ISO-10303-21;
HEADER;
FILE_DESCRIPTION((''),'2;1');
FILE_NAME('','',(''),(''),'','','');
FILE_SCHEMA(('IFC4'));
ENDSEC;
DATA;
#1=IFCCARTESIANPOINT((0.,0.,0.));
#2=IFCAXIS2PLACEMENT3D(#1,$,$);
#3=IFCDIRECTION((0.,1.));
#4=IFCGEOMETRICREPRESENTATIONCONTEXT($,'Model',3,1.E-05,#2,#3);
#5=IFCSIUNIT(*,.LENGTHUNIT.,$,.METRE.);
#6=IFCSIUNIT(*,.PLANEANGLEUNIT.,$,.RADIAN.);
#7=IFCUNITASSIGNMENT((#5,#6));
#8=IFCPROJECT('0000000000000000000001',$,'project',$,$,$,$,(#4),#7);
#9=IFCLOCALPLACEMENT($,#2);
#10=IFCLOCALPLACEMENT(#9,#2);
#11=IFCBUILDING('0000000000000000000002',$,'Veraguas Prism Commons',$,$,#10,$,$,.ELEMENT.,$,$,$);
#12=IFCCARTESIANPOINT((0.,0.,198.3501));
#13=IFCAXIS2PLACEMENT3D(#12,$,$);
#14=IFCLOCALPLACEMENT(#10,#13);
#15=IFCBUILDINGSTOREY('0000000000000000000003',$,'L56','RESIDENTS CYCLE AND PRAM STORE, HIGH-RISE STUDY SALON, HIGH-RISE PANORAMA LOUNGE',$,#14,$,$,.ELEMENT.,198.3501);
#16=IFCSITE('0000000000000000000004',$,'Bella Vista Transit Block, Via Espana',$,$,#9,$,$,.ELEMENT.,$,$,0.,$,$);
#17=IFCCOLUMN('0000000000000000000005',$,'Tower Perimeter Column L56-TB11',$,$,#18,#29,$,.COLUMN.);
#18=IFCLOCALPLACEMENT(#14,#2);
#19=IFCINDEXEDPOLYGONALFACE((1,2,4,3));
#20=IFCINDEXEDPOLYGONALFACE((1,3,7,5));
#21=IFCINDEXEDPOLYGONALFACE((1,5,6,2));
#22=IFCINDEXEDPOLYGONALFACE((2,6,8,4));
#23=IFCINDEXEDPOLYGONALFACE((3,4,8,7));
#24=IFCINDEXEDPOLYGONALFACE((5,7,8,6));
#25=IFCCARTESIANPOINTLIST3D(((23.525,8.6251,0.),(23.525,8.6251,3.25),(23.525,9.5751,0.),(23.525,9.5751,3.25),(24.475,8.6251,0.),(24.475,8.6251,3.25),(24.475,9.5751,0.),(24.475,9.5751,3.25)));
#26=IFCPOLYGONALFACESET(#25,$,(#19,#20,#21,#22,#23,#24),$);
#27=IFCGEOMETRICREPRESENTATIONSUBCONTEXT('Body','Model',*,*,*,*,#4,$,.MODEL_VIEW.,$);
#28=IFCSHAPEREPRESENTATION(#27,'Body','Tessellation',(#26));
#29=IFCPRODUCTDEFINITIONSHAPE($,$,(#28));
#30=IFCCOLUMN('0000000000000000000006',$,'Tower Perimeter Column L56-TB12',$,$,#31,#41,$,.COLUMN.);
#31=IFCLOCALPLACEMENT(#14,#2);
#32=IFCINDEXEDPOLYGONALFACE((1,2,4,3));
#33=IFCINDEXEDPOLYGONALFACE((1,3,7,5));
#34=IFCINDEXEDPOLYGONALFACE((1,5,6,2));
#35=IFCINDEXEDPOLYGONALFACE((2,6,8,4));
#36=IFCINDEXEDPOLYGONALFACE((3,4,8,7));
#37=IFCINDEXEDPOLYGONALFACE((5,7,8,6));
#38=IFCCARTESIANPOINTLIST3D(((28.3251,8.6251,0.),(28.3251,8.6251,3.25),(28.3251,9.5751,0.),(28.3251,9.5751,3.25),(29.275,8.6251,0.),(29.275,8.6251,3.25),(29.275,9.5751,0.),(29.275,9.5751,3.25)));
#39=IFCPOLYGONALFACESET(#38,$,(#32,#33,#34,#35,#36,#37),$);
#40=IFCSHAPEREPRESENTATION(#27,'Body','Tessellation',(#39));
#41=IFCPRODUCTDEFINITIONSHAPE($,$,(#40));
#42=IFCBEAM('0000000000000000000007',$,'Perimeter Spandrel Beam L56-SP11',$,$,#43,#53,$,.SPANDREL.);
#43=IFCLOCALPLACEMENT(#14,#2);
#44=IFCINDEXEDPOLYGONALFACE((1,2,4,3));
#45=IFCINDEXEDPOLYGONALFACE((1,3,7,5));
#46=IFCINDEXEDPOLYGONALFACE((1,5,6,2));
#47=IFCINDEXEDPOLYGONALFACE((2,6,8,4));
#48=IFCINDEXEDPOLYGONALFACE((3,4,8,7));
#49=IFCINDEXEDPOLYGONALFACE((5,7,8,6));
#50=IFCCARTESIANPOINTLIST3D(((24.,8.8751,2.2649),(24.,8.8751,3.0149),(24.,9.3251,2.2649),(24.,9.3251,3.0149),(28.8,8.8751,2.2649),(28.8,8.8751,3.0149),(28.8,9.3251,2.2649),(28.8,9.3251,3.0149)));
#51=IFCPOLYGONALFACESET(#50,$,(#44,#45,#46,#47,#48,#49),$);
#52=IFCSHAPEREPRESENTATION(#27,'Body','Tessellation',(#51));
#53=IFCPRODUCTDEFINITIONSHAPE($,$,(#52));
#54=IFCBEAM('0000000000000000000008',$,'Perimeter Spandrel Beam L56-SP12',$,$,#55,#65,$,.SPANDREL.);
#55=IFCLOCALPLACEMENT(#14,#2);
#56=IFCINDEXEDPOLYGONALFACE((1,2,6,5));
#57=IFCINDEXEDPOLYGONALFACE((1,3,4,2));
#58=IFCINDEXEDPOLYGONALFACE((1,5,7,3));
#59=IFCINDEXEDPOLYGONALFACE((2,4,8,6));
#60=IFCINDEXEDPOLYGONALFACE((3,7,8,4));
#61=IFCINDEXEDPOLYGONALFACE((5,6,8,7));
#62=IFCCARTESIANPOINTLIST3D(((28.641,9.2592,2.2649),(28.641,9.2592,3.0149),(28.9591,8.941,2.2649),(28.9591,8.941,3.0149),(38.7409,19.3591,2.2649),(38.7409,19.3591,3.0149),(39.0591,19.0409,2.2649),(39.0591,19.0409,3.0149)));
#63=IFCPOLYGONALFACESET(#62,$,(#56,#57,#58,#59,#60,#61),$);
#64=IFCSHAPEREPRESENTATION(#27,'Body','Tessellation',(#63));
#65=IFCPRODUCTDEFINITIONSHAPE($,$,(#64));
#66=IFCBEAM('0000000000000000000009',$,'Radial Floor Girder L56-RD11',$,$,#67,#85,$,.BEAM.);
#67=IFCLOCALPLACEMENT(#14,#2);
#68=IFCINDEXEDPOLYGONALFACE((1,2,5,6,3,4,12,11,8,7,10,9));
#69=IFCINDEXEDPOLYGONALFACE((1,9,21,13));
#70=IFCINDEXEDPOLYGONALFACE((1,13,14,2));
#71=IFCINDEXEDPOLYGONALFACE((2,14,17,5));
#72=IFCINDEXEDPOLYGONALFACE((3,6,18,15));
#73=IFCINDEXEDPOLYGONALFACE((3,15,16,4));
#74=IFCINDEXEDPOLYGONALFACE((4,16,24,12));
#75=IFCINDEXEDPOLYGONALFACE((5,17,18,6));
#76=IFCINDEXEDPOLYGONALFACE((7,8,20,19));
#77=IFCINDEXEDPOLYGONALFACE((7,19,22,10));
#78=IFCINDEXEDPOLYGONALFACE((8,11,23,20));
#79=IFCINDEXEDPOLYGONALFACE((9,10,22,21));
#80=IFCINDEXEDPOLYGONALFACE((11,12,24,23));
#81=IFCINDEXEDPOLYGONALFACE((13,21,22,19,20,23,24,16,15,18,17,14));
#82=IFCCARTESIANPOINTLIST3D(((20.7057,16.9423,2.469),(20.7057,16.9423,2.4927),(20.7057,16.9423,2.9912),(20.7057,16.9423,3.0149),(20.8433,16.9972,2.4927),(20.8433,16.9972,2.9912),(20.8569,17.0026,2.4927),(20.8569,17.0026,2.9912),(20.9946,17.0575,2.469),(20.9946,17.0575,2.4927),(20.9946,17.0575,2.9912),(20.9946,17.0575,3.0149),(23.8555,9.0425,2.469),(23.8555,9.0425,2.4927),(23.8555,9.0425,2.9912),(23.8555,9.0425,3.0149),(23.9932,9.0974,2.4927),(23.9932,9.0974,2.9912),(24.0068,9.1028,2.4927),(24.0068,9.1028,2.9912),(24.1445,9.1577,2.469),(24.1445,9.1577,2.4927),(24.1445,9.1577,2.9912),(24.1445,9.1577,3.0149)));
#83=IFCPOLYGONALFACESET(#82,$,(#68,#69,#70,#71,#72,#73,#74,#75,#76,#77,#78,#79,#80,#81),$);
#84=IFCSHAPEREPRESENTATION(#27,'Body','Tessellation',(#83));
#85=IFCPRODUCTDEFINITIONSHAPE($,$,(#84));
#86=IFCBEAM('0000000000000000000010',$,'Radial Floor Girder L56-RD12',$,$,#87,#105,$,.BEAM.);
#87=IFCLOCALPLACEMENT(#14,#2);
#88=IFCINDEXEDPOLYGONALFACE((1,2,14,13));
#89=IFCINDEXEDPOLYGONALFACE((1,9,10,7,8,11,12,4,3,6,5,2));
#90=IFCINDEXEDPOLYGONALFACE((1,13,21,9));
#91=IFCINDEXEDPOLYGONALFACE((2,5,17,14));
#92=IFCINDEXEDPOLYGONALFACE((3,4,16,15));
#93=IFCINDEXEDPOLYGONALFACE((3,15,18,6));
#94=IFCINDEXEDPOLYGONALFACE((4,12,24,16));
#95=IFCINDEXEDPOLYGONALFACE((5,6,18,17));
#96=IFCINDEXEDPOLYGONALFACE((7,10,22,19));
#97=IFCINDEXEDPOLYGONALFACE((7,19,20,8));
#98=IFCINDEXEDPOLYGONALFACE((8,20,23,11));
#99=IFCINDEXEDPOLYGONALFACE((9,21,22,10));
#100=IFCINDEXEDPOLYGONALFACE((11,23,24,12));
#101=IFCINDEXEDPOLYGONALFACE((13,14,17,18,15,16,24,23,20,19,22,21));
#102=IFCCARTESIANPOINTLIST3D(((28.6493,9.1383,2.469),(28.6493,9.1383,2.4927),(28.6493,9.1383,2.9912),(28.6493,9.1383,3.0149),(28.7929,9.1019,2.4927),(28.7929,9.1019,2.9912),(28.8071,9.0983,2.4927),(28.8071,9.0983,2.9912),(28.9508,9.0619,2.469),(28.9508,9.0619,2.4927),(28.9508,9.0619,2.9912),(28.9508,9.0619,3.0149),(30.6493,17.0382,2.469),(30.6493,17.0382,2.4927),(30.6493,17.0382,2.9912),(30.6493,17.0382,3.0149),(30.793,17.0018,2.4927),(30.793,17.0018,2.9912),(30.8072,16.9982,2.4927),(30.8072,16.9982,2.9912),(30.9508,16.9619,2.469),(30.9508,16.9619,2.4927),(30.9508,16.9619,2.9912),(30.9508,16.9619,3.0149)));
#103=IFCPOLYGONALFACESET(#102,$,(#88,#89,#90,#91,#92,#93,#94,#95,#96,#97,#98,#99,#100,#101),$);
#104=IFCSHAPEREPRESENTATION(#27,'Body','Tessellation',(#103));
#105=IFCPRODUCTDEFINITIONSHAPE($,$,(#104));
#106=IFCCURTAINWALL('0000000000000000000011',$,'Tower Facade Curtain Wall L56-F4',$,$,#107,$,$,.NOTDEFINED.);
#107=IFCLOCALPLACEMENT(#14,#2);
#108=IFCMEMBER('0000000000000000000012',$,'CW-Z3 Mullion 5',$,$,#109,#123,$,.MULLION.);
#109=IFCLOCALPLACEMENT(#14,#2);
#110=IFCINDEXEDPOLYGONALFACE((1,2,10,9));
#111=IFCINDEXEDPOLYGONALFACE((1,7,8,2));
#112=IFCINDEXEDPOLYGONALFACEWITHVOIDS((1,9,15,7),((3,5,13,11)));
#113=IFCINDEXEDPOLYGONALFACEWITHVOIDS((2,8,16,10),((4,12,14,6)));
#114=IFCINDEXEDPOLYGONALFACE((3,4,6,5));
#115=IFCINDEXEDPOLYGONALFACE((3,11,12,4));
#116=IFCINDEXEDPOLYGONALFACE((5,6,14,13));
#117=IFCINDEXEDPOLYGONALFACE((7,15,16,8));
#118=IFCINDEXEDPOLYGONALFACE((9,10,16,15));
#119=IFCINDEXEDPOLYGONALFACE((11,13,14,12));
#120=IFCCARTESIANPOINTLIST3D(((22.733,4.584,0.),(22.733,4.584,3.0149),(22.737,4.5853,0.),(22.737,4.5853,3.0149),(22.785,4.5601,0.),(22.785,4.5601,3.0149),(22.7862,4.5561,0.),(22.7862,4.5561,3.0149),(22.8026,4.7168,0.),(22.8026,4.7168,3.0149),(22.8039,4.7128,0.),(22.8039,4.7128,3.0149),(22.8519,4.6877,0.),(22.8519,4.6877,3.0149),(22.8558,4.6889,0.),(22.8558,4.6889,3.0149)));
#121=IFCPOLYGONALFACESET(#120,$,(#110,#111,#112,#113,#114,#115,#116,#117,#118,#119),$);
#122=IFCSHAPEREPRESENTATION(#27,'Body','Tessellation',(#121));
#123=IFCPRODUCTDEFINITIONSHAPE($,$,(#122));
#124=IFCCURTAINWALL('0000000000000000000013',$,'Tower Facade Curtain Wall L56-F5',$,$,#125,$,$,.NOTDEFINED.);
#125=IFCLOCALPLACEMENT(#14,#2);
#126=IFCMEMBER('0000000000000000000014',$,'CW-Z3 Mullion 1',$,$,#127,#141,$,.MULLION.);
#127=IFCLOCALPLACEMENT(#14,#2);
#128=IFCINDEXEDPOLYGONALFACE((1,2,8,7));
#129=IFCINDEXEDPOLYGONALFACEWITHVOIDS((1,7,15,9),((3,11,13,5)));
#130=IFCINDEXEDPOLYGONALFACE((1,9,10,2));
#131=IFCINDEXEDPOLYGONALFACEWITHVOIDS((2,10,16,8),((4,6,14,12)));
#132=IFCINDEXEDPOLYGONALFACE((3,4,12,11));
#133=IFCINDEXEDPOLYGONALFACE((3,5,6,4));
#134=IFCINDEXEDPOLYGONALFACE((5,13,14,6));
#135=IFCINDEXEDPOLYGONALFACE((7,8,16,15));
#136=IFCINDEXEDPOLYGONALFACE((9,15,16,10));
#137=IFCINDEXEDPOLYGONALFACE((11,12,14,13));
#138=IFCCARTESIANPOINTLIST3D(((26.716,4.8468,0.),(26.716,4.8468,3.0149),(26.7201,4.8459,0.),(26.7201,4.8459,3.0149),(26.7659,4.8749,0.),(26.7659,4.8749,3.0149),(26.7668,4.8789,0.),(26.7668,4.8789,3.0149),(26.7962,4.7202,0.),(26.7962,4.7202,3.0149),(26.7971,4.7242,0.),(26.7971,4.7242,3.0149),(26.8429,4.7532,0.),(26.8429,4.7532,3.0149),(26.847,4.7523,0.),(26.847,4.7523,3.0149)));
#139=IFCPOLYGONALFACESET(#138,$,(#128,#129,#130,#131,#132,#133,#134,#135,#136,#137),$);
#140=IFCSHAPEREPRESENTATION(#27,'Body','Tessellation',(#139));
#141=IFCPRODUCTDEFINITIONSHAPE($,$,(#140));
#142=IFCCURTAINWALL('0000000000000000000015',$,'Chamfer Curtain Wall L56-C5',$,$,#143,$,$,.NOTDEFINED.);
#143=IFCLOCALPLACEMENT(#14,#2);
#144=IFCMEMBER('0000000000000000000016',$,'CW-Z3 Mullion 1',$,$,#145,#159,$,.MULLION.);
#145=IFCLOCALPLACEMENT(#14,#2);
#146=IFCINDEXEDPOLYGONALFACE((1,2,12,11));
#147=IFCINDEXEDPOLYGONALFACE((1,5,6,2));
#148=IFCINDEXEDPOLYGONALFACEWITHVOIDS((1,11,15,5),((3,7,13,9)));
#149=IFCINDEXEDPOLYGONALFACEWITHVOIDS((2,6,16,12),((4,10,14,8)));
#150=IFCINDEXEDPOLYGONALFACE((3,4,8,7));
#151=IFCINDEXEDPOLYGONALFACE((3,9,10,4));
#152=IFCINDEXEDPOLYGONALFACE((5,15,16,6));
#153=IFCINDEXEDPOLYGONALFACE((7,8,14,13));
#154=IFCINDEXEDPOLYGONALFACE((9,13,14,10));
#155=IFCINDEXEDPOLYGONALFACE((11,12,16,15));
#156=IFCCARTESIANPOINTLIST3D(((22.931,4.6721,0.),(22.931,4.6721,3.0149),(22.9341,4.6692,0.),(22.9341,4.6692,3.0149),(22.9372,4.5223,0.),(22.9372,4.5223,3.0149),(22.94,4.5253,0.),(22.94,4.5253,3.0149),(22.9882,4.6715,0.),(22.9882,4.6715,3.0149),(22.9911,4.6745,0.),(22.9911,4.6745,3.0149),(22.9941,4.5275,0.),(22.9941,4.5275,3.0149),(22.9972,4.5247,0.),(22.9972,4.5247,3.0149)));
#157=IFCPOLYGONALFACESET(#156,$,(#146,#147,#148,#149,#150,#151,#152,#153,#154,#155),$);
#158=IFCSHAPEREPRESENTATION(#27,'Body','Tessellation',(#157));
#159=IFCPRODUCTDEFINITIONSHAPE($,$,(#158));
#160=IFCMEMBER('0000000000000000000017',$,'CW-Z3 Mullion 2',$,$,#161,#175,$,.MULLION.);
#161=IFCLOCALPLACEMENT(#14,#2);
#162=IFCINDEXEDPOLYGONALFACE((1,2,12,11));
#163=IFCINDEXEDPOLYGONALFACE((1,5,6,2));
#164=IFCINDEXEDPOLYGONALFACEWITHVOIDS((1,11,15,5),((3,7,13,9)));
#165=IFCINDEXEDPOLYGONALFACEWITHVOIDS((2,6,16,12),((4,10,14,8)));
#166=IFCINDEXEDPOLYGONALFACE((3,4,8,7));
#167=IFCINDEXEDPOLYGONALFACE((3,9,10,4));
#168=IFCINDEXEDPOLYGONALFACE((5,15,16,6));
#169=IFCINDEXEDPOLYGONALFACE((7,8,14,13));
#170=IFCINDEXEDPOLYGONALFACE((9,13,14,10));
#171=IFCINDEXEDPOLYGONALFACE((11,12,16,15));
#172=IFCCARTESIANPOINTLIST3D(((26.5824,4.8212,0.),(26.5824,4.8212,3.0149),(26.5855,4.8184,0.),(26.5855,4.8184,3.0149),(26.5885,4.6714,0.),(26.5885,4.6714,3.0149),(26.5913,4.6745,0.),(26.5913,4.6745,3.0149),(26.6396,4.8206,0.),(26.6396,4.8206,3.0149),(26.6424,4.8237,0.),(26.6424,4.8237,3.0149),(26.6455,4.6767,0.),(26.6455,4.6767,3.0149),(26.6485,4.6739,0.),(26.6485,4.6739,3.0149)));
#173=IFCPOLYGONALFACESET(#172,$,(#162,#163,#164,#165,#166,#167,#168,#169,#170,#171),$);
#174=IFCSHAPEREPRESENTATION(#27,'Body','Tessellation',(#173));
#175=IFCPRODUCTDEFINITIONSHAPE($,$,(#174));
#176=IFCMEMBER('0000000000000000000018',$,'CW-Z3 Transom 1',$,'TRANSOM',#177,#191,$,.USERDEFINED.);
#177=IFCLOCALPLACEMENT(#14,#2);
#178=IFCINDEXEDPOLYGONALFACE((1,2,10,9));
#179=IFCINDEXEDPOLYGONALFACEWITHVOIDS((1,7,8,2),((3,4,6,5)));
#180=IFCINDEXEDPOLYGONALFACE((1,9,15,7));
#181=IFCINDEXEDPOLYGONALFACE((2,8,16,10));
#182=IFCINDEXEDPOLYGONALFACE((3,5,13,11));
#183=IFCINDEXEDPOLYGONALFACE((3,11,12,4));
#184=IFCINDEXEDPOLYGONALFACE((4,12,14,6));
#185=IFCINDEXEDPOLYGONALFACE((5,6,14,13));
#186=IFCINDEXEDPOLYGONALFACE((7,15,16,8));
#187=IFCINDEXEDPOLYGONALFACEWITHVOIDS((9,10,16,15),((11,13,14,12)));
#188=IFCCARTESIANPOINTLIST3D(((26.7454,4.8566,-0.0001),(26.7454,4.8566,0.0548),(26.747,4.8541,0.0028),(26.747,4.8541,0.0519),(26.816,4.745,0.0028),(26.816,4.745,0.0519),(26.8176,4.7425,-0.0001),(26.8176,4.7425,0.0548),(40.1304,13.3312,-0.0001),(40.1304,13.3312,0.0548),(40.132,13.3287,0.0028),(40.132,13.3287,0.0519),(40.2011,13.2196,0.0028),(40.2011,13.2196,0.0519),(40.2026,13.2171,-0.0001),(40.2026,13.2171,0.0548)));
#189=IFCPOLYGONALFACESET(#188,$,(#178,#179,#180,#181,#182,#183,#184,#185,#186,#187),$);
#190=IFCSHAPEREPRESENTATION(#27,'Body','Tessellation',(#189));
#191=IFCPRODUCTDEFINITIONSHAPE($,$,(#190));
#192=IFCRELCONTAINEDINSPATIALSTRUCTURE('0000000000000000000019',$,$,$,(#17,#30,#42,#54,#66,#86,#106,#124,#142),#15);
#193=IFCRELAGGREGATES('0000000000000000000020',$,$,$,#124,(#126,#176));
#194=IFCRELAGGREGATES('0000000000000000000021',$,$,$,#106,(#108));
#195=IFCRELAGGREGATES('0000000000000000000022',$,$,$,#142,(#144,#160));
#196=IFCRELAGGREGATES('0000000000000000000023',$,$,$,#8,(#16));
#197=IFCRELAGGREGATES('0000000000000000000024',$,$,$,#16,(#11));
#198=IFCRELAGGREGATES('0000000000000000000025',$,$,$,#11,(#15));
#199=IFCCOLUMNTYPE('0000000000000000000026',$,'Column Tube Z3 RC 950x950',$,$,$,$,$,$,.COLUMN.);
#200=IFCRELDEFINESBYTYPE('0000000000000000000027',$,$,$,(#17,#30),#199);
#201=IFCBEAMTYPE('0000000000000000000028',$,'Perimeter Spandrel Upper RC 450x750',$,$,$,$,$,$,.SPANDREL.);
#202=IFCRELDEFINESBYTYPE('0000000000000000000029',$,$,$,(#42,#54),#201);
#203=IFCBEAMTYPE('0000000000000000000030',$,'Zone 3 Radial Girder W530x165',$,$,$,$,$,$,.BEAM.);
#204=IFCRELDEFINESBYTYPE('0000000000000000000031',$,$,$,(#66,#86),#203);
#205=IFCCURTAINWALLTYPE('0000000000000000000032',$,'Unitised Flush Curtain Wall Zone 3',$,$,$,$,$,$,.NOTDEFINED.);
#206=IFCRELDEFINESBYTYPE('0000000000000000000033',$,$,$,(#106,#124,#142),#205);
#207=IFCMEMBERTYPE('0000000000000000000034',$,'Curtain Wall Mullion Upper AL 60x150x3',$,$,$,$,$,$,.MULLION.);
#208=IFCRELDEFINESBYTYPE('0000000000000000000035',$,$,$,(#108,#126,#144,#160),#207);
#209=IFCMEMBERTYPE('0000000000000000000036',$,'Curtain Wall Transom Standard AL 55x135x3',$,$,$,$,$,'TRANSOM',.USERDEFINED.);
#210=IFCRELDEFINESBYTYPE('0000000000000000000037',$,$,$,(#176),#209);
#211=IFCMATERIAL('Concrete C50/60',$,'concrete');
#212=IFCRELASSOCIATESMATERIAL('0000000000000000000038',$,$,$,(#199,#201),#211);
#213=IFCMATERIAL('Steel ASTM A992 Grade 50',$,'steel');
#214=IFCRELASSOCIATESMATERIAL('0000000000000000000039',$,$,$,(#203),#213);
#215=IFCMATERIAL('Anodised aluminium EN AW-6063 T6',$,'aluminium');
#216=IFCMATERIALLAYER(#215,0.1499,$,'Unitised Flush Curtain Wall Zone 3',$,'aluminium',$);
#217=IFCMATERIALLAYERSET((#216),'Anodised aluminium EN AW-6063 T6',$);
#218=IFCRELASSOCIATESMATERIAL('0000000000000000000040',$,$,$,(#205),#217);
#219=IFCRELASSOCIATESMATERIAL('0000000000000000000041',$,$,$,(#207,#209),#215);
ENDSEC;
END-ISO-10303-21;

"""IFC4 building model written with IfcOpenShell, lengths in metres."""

from ifc_helpers import new_model, si_unit, direction, frame, origin, origin_2d, place, context, subcontext, project, spatial, rectangle, hollow_rectangle, i_section, extrude, source, transform, mapped, material, layer, layer_set, material_profile, profile_set, type_object, element, aggregate, save


model = new_model("IFC4")

# Units and contexts
model_context = context("Model", 3, precision=1e-05, world=origin(), true_north=direction((0.0, 1.0)))
body_context = subcontext(model_context, "Body", "Model", "MODEL_VIEW")
ifc_project = project(units=[si_unit("LENGTHUNIT", "METRE"), si_unit("PLANEANGLEUNIT", "RADIAN")], contexts=[model_context])

# Site, building, storey
site_placement = place(None, origin())
site = spatial("IfcSite", under=ifc_project, at=site_placement, Name="Bella Vista Transit Block, Via Espana", CompositionType="ELEMENT", RefElevation=0.0)
building_placement = place(site_placement, origin())
building = spatial("IfcBuilding", under=site, at=building_placement, Name="Veraguas Prism Commons", CompositionType="ELEMENT")
storey_placement = place(building_placement, frame((0.0, 0.0, 198.3501)))
storey = spatial("IfcBuildingStorey", under=building, at=storey_placement, Name="L56", Description="RESIDENTS CYCLE AND PRAM STORE, HIGH-RISE STUDY SALON, HIGH-RISE PANORAMA LOUNGE", CompositionType="ELEMENT", Elevation=198.3501)

# Columns
ifc_material_1 = material(Name="Concrete C50/60", Category="concrete")
ifc_material_profile_1 = material_profile(ifc_material_1, rectangle(XDim=0.95, YDim=0.95, at=origin_2d()), Name="RC950X950")
ifc_profile_set_1 = profile_set([ifc_material_profile_1], Name="Concrete C50/60")
column_type = type_object("IfcColumnType", Name="Column Tube Z3 RC 950x950", PredefinedType="COLUMN", material=ifc_profile_set_1)
for number, where, z_axis, x_axis, name in (
    (1, (24.0, 9.1001, 0.0), (0.0, 0.0, 1.0), (1.0, 0.0, 0.0), "Tower Perimeter Column L56-TB11"),
    (2, (28.8, 9.1001, 0.0), (0.0, 0.0, 1.0), (1.0, 0.0, 0.0), "Tower Perimeter Column L56-TB12"),
):
    element("IfcColumn", number, at=place(storey_placement, frame(where, z_axis=z_axis, x_axis=x_axis)), inside=storey, type_object=column_type, Name=name, PredefinedType="COLUMN", context=body_context, shape_type="SweptSolid", body=[
        extrude(rectangle(XDim=0.95, YDim=0.95, at=origin_2d()), origin(), (0.0, 0.0, 1.0), 3.25),
    ])

# Beams
ifc_material_profile_2 = material_profile(ifc_material_1, rectangle(XDim=0.45, YDim=0.75, at=origin_2d()), Name="RC450X750")
ifc_profile_set_2 = profile_set([ifc_material_profile_2], Name="Concrete C50/60")
beam_type_1 = type_object("IfcBeamType", Name="Perimeter Spandrel Upper RC 450x750", PredefinedType="SPANDREL", material=ifc_profile_set_2)
beam_1_placement = place(storey_placement, frame((24.0, 9.1001, 2.6399), z_axis=(1.0, 0.0, 0.0), x_axis=(0.0, 1.0, 0.0)))
element("IfcBeam", 3, at=beam_1_placement, inside=storey, type_object=beam_type_1, Name="Perimeter Spandrel Beam L56-SP11", PredefinedType="SPANDREL", context=body_context, shape_type="SweptSolid", body=[
    extrude(rectangle(XDim=0.45, YDim=0.75, at=origin_2d()), origin(), (0.0, 0.0, 1.0), 4.8),
])
beam_2_placement = place(storey_placement, frame((28.8, 9.1001, 2.6399), z_axis=(0.707107, 0.707107, 0.0), x_axis=(-0.707107, 0.707107, 0.0)))
element("IfcBeam", 4, at=beam_2_placement, inside=storey, type_object=beam_type_1, Name="Perimeter Spandrel Beam L56-SP12", PredefinedType="SPANDREL", context=body_context, shape_type="SweptSolid", body=[
    extrude(rectangle(XDim=0.45, YDim=0.75, at=origin_2d()), origin(), (0.0, 0.0, 1.0), 14.2834),
])
ifc_material_2 = material(Name="Steel ASTM A992 Grade 50", Category="steel")
ifc_material_profile_3 = material_profile(ifc_material_2, i_section(OverallWidth=0.311, OverallDepth=0.5459, WebThickness=0.0146, FlangeThickness=0.0237, at=origin_2d()), Name="W530X165")
ifc_profile_set_3 = profile_set([ifc_material_profile_3], Name="Steel ASTM A992 Grade 50")
beam_type_2 = type_object("IfcBeamType", Name="Zone 3 Radial Girder W530x165", PredefinedType="BEAM", material=ifc_profile_set_3)
beam_3_placement = place(storey_placement, frame((24.0, 9.1001, 2.7419), z_axis=(-0.370371, 0.928884, 0.0), x_axis=(-0.928884, -0.370371, 0.0)))
element("IfcBeam", 5, at=beam_3_placement, inside=storey, type_object=beam_type_2, Name="Radial Floor Girder L56-RD11", PredefinedType="BEAM", context=body_context, shape_type="SweptSolid", body=[
    extrude(i_section(OverallWidth=0.311, OverallDepth=0.5459, WebThickness=0.0146, FlangeThickness=0.0237, at=origin_2d()), origin(), (0.0, 0.0, 1.0), 8.5046),
])
beam_4_placement = place(storey_placement, frame((28.8, 9.1001, 2.7419), z_axis=(0.245425, 0.969416, 0.0), x_axis=(-0.969416, 0.245425, 0.0)))
element("IfcBeam", 6, at=beam_4_placement, inside=storey, type_object=beam_type_2, Name="Radial Floor Girder L56-RD12", PredefinedType="BEAM", context=body_context, shape_type="SweptSolid", body=[
    extrude(i_section(OverallWidth=0.311, OverallDepth=0.5459, WebThickness=0.0146, FlangeThickness=0.0237, at=origin_2d()), origin(), (0.0, 0.0, 1.0), 8.1492),
])

# Curtain walls, members
ifc_material_3 = material(Name="Anodised aluminium EN AW-6063 T6", Category="aluminium")
ifc_layer_1 = layer(ifc_material_3, 0.1499, Name="Unitised Flush Curtain Wall Zone 3", Category="aluminium")
ifc_layer_set_1 = layer_set([ifc_layer_1], Name="Anodised aluminium EN AW-6063 T6")
curtain_wall_type = type_object("IfcCurtainWallType", Name="Unitised Flush Curtain Wall Zone 3", PredefinedType="NOTDEFINED", material=ifc_layer_set_1)
curtain_wall_1_placement = place(storey_placement, origin())
curtain_wall_1 = element("IfcCurtainWall", 7, at=curtain_wall_1_placement, inside=storey, type_object=curtain_wall_type, Name="Tower Facade Curtain Wall L56-F4", PredefinedType="NOTDEFINED")
ifc_material_profile_4 = material_profile(ifc_material_3, hollow_rectangle(XDim=0.0601, YDim=0.1499, WallThickness=0.0029, at=origin_2d()), Name="AL60X150X3")
ifc_profile_set_4 = profile_set([ifc_material_profile_4], Name="Anodised aluminium EN AW-6063 T6")
member_type_1 = type_object("IfcMemberType", Name="Curtain Wall Mullion Upper AL 60x150x3", PredefinedType="MULLION", material=ifc_profile_set_4)
shared_shape_1 = source(origin(), body_context, "Body", "SweptSolid", [
    extrude(hollow_rectangle(XDim=0.0601, YDim=0.1499, WallThickness=0.0029, at=origin_2d()), origin(), (0.0, 0.0, 1.0), 3.0149),
])
member_1_placement = place(storey_placement, frame((22.7944, 4.6365, 0.0), z_axis=(0.0, 0.0, 1.0), x_axis=(0.885722, -0.464216, 0.0)))
member_1 = element("IfcMember", 8, at=member_1_placement, type_object=member_type_1, Name="CW-Z3 Mullion 5", PredefinedType="MULLION", context=body_context, shape_type="MappedRepresentation", body=[
    mapped(shared_shape_1, transform((0.0, 0.0, 0.0), scale=1.0)),
])
curtain_wall_2_placement = place(storey_placement, origin())
curtain_wall_2 = element("IfcCurtainWall", 9, at=curtain_wall_2_placement, inside=storey, type_object=curtain_wall_type, Name="Tower Facade Curtain Wall L56-F5", PredefinedType="NOTDEFINED")
member_2_placement = place(storey_placement, frame((26.7815, 4.7996, 0.0), z_axis=(0.0, 0.0, 1.0), x_axis=(0.844887, 0.534945, 0.0)))
member_2 = element("IfcMember", 10, at=member_2_placement, type_object=member_type_1, Name="CW-Z3 Mullion 1", PredefinedType="MULLION", context=body_context, shape_type="MappedRepresentation", body=[
    mapped(shared_shape_1, transform((0.0, 0.0, 0.0), scale=1.0)),
])

# Curtain wall, members
curtain_wall_3_placement = place(storey_placement, origin())
curtain_wall_3 = element("IfcCurtainWall", 11, at=curtain_wall_3_placement, inside=storey, type_object=curtain_wall_type, Name="Chamfer Curtain Wall L56-C5", PredefinedType="NOTDEFINED")
member_3_placement = place(storey_placement, frame((22.9641, 4.5984, 0.0), z_axis=(0.0, 0.0, 1.0), x_axis=(0.999167, 0.040814, 0.0)))
member_3 = element("IfcMember", 12, at=member_3_placement, type_object=member_type_1, Name="CW-Z3 Mullion 1", PredefinedType="MULLION", context=body_context, shape_type="MappedRepresentation", body=[
    mapped(shared_shape_1, transform((0.0, 0.0, 0.0), scale=1.0)),
])
member_4_placement = place(storey_placement, frame((26.6155, 4.7476, 0.0), z_axis=(0.0, 0.0, 1.0), x_axis=(0.999167, 0.040814, 0.0)))
member_4 = element("IfcMember", 13, at=member_4_placement, type_object=member_type_1, Name="CW-Z3 Mullion 2", PredefinedType="MULLION", context=body_context, shape_type="MappedRepresentation", body=[
    mapped(shared_shape_1, transform((0.0, 0.0, 0.0), scale=1.0)),
])

# Member
ifc_material_profile_5 = material_profile(ifc_material_3, hollow_rectangle(XDim=0.0549, YDim=0.135, WallThickness=0.0029, at=origin_2d()), Name="AL55X135X3")
ifc_profile_set_5 = profile_set([ifc_material_profile_5], Name="Anodised aluminium EN AW-6063 T6")
member_type_2 = type_object("IfcMemberType", Name="Curtain Wall Transom Standard AL 55x135x3", ElementType="TRANSOM", PredefinedType="USERDEFINED", material=ifc_profile_set_5)
shared_shape_2 = source(origin(), body_context, "Body", "SweptSolid", [
    extrude(hollow_rectangle(XDim=0.0549, YDim=0.135, WallThickness=0.0029, at=origin_2d()), origin(), (0.0, 0.0, 1.0), 15.8423),
])
member_5_placement = place(storey_placement, frame((26.7815, 4.7996, 0.0273), z_axis=(0.844892, 0.534937, 0.0), x_axis=(0.0, 0.0, 1.0)))
member_5 = element("IfcMember", 14, at=member_5_placement, type_object=member_type_2, Name="CW-Z3 Transom 1", ObjectType="TRANSOM", PredefinedType="USERDEFINED", context=body_context, shape_type="MappedRepresentation", body=[
    mapped(shared_shape_2, transform((0.0, 0.0, 0.0), scale=1.0)),
])

aggregate(curtain_wall_2, [member_2, member_5])
aggregate(curtain_wall_1, [member_1])
aggregate(curtain_wall_3, [member_3, member_4])

save(model, "model.ifc")
